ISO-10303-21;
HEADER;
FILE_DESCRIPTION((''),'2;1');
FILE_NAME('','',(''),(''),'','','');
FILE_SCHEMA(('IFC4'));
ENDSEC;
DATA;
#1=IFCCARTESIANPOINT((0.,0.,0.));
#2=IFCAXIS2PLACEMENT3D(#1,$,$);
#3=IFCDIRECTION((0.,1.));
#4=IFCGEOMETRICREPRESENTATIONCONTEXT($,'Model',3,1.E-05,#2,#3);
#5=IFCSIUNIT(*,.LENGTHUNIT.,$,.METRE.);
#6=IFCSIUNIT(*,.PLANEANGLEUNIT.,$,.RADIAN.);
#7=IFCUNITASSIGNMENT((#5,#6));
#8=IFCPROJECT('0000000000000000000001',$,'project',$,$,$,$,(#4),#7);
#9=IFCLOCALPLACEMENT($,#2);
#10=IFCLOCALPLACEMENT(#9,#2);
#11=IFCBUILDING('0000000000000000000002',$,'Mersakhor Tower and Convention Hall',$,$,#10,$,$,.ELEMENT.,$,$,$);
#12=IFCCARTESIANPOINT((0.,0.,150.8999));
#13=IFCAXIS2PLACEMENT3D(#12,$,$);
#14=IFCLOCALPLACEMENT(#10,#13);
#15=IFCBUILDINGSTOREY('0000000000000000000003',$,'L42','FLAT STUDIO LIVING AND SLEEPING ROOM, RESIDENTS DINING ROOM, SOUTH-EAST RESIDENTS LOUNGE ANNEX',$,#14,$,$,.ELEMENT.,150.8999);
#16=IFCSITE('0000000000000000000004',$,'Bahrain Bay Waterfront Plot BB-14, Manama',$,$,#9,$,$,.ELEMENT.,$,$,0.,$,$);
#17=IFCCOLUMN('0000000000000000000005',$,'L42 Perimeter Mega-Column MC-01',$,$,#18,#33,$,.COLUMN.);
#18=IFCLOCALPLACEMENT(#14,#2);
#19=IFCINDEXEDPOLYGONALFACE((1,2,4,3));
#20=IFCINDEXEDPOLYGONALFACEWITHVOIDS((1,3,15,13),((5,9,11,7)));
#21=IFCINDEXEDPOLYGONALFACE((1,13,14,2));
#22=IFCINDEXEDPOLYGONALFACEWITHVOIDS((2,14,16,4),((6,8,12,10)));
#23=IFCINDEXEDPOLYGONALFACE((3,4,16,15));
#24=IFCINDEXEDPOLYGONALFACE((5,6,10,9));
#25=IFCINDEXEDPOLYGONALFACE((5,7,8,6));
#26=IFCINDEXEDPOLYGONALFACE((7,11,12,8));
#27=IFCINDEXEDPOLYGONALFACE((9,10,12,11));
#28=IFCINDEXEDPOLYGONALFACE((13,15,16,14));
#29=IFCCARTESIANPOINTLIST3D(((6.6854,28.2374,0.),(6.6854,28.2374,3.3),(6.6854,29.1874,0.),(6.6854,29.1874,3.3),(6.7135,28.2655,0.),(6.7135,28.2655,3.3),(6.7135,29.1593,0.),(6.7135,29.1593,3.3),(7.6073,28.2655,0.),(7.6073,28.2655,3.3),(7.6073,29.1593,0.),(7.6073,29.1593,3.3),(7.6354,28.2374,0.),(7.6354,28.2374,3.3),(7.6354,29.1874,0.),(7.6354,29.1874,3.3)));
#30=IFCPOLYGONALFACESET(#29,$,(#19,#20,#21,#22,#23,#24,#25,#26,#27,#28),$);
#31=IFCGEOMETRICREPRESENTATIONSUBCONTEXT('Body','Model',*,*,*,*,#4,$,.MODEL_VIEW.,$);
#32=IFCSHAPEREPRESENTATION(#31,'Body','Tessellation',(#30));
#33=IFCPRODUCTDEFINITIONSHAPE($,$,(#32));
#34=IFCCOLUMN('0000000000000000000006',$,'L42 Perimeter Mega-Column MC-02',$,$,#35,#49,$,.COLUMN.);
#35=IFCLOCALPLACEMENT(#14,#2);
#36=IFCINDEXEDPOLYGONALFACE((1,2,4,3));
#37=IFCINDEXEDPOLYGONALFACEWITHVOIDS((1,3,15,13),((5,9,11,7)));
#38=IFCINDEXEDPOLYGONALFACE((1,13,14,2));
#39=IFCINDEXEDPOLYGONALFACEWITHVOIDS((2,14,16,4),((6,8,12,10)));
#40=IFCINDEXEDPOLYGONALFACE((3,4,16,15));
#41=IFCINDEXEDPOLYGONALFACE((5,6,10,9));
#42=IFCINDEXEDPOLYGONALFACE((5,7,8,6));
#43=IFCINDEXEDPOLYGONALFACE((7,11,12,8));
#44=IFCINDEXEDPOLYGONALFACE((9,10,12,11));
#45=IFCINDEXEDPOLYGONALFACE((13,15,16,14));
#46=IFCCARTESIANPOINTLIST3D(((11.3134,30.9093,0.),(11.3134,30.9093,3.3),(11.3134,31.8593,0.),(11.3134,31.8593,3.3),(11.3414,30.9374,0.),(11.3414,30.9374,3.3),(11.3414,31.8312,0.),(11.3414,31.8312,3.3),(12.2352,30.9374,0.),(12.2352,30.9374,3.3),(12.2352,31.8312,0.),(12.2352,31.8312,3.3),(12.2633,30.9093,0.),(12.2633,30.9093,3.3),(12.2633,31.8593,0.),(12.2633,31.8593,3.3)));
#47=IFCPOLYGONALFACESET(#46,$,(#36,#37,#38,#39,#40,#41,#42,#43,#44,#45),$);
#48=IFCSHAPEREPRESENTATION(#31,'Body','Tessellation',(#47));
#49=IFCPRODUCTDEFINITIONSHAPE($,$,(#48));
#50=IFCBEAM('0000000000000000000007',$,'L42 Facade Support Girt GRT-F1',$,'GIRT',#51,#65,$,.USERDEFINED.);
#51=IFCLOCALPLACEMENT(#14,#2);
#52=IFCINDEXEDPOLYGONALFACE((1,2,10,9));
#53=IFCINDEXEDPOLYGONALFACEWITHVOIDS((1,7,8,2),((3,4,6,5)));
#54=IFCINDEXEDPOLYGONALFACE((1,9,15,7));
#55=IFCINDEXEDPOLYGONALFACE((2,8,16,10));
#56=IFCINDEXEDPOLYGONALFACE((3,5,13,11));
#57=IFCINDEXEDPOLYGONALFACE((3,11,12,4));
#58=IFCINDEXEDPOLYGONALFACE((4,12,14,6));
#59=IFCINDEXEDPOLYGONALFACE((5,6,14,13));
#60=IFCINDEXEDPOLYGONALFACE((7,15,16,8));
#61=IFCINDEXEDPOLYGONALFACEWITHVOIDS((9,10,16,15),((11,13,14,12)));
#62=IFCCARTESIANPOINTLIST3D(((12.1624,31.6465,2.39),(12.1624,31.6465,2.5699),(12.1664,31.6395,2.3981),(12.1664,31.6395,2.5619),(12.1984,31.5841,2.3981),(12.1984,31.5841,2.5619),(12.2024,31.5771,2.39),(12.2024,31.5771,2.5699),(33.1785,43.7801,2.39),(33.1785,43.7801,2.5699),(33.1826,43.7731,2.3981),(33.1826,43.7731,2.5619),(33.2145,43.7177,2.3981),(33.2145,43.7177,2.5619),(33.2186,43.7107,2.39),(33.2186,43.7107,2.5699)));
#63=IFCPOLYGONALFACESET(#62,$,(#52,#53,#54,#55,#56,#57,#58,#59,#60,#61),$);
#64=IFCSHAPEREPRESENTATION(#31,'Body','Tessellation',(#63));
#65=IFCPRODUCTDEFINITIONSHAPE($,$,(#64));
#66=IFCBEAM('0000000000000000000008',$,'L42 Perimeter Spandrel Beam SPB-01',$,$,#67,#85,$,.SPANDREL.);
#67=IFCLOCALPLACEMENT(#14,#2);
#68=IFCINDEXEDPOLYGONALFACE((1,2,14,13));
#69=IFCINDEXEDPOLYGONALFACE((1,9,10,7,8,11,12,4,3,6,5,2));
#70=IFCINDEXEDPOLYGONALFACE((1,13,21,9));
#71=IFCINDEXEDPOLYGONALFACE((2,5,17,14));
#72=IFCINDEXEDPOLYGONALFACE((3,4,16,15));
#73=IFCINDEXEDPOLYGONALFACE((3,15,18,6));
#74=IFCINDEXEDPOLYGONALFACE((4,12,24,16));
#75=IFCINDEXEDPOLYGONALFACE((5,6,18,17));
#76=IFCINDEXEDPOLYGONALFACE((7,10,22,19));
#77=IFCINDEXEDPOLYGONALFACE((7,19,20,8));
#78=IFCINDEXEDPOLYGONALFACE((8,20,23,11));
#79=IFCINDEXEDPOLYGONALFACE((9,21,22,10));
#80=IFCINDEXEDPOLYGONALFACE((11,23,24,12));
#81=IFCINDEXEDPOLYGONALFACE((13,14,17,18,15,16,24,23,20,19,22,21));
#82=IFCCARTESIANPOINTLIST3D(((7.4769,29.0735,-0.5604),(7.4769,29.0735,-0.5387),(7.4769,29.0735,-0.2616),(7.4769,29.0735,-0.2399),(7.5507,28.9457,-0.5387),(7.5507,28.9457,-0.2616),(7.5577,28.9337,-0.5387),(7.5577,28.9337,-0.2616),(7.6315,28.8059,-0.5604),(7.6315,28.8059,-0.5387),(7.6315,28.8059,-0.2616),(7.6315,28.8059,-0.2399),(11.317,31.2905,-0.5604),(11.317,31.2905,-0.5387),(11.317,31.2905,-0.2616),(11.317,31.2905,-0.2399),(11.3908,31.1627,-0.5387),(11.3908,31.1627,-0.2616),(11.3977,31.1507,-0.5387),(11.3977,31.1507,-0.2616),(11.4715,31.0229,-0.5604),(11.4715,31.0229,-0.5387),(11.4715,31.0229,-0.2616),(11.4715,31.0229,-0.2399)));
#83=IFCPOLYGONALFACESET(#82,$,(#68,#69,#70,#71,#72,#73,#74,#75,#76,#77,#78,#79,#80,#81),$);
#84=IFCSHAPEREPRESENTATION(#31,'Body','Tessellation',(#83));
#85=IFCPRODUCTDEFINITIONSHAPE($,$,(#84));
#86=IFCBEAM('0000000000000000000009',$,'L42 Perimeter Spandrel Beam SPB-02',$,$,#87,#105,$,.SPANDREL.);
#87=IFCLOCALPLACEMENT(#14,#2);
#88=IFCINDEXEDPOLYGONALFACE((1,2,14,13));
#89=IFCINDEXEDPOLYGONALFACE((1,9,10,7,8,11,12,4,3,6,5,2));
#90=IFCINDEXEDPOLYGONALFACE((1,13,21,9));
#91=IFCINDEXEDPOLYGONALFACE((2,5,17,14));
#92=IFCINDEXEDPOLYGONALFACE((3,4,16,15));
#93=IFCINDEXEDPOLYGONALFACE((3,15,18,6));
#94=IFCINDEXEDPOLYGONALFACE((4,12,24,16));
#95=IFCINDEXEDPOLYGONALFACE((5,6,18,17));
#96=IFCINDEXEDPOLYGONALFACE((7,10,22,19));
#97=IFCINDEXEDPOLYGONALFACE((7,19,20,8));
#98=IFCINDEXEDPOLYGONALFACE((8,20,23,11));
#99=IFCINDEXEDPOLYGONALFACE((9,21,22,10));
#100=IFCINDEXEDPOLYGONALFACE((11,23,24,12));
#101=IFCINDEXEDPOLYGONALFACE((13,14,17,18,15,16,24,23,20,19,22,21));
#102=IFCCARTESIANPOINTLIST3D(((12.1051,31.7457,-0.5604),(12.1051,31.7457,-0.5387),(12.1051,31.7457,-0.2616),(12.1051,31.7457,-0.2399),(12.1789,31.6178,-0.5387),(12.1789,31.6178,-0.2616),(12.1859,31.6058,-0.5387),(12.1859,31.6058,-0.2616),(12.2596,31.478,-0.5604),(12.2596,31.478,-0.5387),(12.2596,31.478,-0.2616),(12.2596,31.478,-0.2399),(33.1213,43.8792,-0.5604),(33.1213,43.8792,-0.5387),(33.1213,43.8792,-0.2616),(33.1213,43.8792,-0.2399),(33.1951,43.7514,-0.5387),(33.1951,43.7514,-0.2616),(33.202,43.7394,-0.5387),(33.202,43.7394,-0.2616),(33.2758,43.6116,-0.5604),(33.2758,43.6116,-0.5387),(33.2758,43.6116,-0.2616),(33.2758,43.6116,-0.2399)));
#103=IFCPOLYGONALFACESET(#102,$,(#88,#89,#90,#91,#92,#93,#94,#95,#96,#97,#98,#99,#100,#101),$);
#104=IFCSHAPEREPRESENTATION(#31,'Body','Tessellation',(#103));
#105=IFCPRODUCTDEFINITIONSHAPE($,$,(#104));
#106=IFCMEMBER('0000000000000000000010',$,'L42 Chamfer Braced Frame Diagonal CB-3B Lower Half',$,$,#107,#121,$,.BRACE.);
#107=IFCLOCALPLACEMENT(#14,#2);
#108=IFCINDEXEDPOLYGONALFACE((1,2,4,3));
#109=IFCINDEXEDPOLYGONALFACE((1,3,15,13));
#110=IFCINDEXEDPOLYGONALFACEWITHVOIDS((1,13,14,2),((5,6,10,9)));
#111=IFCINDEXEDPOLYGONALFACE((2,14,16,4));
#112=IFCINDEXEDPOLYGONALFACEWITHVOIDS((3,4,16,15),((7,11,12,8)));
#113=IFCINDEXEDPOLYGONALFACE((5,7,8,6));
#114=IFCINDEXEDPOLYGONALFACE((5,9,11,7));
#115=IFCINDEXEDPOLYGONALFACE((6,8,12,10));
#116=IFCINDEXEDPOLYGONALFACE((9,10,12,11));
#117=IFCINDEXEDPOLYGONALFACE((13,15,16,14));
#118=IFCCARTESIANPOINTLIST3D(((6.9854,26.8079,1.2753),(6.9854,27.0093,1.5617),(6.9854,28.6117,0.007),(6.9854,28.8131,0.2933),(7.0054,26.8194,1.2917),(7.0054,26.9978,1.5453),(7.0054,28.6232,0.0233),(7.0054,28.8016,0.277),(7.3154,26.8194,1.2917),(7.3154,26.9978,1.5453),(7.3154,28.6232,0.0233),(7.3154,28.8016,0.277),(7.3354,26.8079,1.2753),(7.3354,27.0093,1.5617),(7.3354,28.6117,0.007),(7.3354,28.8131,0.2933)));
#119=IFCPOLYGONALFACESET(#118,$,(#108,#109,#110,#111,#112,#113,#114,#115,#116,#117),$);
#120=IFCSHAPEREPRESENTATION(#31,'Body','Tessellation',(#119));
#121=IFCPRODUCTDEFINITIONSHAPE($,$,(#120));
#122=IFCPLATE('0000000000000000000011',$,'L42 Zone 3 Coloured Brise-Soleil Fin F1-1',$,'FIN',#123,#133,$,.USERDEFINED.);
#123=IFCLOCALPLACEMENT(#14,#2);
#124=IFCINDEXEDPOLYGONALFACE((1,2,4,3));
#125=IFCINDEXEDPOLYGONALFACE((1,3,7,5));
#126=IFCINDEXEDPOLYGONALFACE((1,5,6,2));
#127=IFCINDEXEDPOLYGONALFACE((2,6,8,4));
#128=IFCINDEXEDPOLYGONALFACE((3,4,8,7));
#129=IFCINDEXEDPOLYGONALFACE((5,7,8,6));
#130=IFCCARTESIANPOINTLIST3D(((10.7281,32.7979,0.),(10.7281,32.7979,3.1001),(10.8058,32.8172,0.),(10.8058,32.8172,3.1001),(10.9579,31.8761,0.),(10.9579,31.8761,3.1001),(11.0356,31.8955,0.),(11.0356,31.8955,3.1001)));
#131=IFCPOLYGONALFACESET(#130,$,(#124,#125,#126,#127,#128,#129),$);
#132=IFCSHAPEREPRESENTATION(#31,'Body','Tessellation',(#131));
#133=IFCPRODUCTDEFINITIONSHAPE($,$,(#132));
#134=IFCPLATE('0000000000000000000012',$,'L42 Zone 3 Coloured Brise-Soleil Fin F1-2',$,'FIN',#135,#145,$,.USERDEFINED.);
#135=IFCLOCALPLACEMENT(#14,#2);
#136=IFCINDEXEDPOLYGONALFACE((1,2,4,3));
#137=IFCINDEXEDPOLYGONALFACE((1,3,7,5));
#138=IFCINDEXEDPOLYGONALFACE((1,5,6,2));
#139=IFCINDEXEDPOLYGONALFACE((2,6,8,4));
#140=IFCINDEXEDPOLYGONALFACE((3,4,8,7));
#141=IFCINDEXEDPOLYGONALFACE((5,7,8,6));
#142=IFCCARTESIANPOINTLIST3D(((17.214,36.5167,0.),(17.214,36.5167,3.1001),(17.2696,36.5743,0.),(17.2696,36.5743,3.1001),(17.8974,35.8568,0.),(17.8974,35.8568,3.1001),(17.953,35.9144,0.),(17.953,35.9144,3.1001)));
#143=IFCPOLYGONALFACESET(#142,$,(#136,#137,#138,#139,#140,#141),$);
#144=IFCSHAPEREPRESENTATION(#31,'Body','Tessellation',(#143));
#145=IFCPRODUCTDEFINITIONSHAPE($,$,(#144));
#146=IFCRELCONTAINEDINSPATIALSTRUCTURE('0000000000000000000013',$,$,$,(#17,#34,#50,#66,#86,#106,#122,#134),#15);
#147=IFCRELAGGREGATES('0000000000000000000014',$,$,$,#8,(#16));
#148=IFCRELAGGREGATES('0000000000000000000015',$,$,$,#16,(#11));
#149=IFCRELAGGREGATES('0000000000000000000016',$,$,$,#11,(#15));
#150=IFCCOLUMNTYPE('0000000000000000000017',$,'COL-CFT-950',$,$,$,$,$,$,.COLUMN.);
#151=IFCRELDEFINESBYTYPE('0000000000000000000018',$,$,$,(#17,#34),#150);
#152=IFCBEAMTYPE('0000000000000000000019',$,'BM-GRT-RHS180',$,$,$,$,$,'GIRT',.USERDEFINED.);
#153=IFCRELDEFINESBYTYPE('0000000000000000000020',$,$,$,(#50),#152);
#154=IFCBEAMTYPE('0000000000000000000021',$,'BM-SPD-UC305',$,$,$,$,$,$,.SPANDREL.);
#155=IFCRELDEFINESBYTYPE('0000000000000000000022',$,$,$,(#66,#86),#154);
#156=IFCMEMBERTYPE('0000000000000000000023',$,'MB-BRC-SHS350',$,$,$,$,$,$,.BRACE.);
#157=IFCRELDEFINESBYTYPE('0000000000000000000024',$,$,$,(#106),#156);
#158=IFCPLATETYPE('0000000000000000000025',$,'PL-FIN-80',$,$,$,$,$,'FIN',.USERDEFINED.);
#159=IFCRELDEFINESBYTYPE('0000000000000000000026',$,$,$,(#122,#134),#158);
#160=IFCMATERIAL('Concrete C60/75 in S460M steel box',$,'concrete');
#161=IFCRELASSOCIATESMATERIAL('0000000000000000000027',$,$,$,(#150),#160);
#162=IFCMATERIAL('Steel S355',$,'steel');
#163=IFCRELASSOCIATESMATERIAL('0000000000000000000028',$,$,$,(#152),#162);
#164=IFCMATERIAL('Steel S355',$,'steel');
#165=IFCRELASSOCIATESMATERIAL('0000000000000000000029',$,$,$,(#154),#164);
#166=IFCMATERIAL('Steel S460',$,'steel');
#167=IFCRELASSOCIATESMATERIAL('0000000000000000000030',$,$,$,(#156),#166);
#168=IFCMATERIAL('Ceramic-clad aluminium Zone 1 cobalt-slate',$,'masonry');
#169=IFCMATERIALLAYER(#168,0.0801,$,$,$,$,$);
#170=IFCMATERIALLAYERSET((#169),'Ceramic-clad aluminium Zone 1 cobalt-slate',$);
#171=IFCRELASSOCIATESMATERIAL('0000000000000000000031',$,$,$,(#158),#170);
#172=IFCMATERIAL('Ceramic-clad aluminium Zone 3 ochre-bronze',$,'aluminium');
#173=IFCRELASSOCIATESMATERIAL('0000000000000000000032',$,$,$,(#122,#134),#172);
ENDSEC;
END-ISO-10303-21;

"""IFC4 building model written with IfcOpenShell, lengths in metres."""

from ifc_helpers import new_model, si_unit, direction, frame, origin, origin_2d, place, context, subcontext, project, spatial, rectangle, hollow_rectangle, i_section, extrude, material, layer, layer_set, material_profile, profile_set, type_object, element, save


model = new_model("IFC4")

# Units and contexts
model_context = context("Model", 3, precision=1e-05, world=origin(), true_north=direction((0.0, 1.0)))
body_context = subcontext(model_context, "Body", "Model", "MODEL_VIEW")
ifc_project = project(units=[si_unit("LENGTHUNIT", "METRE"), si_unit("PLANEANGLEUNIT", "RADIAN")], contexts=[model_context])

# Site, building, storey
site_placement = place(None, origin())
site = spatial("IfcSite", under=ifc_project, at=site_placement, Name="Bahrain Bay Waterfront Plot BB-14, Manama", CompositionType="ELEMENT", RefElevation=0.0)
building_placement = place(site_placement, origin())
building = spatial("IfcBuilding", under=site, at=building_placement, Name="Mersakhor Tower and Convention Hall", CompositionType="ELEMENT")
storey_placement = place(building_placement, frame((0.0, 0.0, 150.8999)))
storey = spatial("IfcBuildingStorey", under=building, at=storey_placement, Name="L42", Description="FLAT STUDIO LIVING AND SLEEPING ROOM, RESIDENTS DINING ROOM, SOUTH-EAST RESIDENTS LOUNGE ANNEX", CompositionType="ELEMENT", Elevation=150.8999)

# Columns
ifc_material_1 = material(Name="Concrete C60/75 in S460M steel box", Category="concrete")
ifc_material_profile_1 = material_profile(ifc_material_1, hollow_rectangle(XDim=0.95, YDim=0.95, WallThickness=0.0281, at=origin_2d()), Name="SHS 950x950x28")
ifc_profile_set_1 = profile_set([ifc_material_profile_1], Name="Concrete C60/75 in S460M steel box")
column_type = type_object("IfcColumnType", Name="COL-CFT-950", PredefinedType="COLUMN", material=ifc_profile_set_1)
for number, where, z_axis, x_axis, name in (
    (1, (7.1604, 28.7124, 0.0), (0.0, 0.0, 1.0), (1.0, 0.0, 0.0), "L42 Perimeter Mega-Column MC-01"),
    (2, (11.7883, 31.3843, 0.0), (0.0, 0.0, 1.0), (1.0, 0.0, 0.0), "L42 Perimeter Mega-Column MC-02"),
):
    element("IfcColumn", number, at=place(storey_placement, frame(where, z_axis=z_axis, x_axis=x_axis)), inside=storey, type_object=column_type, Name=name, PredefinedType="COLUMN", context=body_context, shape_type="SweptSolid", body=[
        extrude(hollow_rectangle(XDim=0.95, YDim=0.95, WallThickness=0.0281, at=origin_2d()), origin(), (0.0, 0.0, 1.0), 3.3),
    ])

# Beams
ifc_material_2 = material(Name="Steel S355", Category="steel")
ifc_material_profile_2 = material_profile(ifc_material_2, hollow_rectangle(XDim=0.0801, YDim=0.1799, WallThickness=0.0081, at=origin_2d()), Name="RHS 180x80x8")
ifc_profile_set_2 = profile_set([ifc_material_profile_2], Name="Steel S355")
beam_type_1 = type_object("IfcBeamType", Name="BM-GRT-RHS180", ElementType="GIRT", PredefinedType="USERDEFINED", material=ifc_profile_set_2)
beam_1_placement = place(storey_placement, frame((12.1824, 31.6118, 2.48), z_axis=(0.866027, 0.499996, 0.0), x_axis=(-0.499996, 0.866027, 0.0)))
element("IfcBeam", 3, at=beam_1_placement, inside=storey, type_object=beam_type_1, Name="L42 Facade Support Girt GRT-F1", ObjectType="GIRT", PredefinedType="USERDEFINED", context=body_context, shape_type="SweptSolid", body=[
    extrude(hollow_rectangle(XDim=0.0801, YDim=0.1799, WallThickness=0.0081, at=origin_2d()), origin(), (0.0, 0.0, 1.0), 24.2673),
])
ifc_material_3 = material(Name="Steel S355", Category="steel")
ifc_material_profile_3 = material_profile(ifc_material_3, i_section(OverallWidth=0.3091, OverallDepth=0.3206, WebThickness=0.0139, FlangeThickness=0.0217, at=origin_2d()), Name="UC 305x305x137")
ifc_profile_set_3 = profile_set([ifc_material_profile_3], Name="Steel S355")
beam_type_2 = type_object("IfcBeamType", Name="BM-SPD-UC305", PredefinedType="SPANDREL", material=ifc_profile_set_3)
beam_2_placement = place(storey_placement, frame((7.5542, 28.9397, -0.4001), z_axis=(0.866029, 0.499994, 0.0), x_axis=(-0.499994, 0.866029, 0.0)))
element("IfcBeam", 4, at=beam_2_placement, inside=storey, type_object=beam_type_2, Name="L42 Perimeter Spandrel Beam SPB-01", PredefinedType="SPANDREL", context=body_context, shape_type="SweptSolid", body=[
    extrude(i_section(OverallWidth=0.3091, OverallDepth=0.3206, WebThickness=0.0139, FlangeThickness=0.0217, at=origin_2d()), origin(), (0.0, 0.0, 1.0), 4.4341),
])
beam_3_placement = place(storey_placement, frame((12.1824, 31.6118, -0.4001), z_axis=(0.866027, 0.499996, 0.0), x_axis=(-0.499996, 0.866027, 0.0)))
element("IfcBeam", 5, at=beam_3_placement, inside=storey, type_object=beam_type_2, Name="L42 Perimeter Spandrel Beam SPB-02", PredefinedType="SPANDREL", context=body_context, shape_type="SweptSolid", body=[
    extrude(i_section(OverallWidth=0.3091, OverallDepth=0.3206, WebThickness=0.0139, FlangeThickness=0.0217, at=origin_2d()), origin(), (0.0, 0.0, 1.0), 24.2673),
])

# Member
ifc_material_4 = material(Name="Steel S460", Category="steel")
ifc_material_profile_4 = material_profile(ifc_material_4, hollow_rectangle(XDim=0.3501, YDim=0.3501, WallThickness=0.02, at=origin_2d()), Name="SHS 350x350x20")
ifc_profile_set_4 = profile_set([ifc_material_profile_4], Name="Steel S460")
member_type = type_object("IfcMemberType", Name="MB-BRC-SHS350", PredefinedType="BRACE", material=ifc_profile_set_4)
member_placement = place(storey_placement, frame((7.1604, 28.7124, 0.1501), z_axis=(0.0, -0.818013, 0.5752), x_axis=(1.0, 0.0, 0.0)))
element("IfcMember", 6, at=member_placement, inside=storey, type_object=member_type, Name="L42 Chamfer Braced Frame Diagonal CB-3B Lower Half", PredefinedType="BRACE", context=body_context, shape_type="SweptSolid", body=[
    extrude(hollow_rectangle(XDim=0.3501, YDim=0.3501, WallThickness=0.02, at=origin_2d()), origin(), (0.0, 0.0, 1.0), 2.2051),
])

# Plates
ifc_material_5 = material(Name="Ceramic-clad aluminium Zone 3 ochre-bronze", Category="aluminium")
ifc_material_6 = material(Name="Ceramic-clad aluminium Zone 1 cobalt-slate", Category="masonry")
ifc_layer_1 = layer(ifc_material_6, 0.0801)
ifc_layer_set_1 = layer_set([ifc_layer_1], Name="Ceramic-clad aluminium Zone 1 cobalt-slate")
plate_type = type_object("IfcPlateType", Name="PL-FIN-80", ElementType="FIN", PredefinedType="USERDEFINED", material=ifc_layer_set_1)
for number, where, z_axis, x_axis, name in (
    (7, (10.8818, 32.3467, 0.0), (0.0, 0.0, 1.0), (-0.241922, 0.970296, 0.0), "L42 Zone 3 Coloured Brise-Soleil Fin F1-1"),
    (8, (17.5835, 36.2156, 0.0), (0.0, 0.0, 1.0), (-0.71934, 0.694658, 0.0), "L42 Zone 3 Coloured Brise-Soleil Fin F1-2"),
):
    element("IfcPlate", number, at=place(storey_placement, frame(where, z_axis=z_axis, x_axis=x_axis)), inside=storey, type_object=plate_type, material=ifc_material_5, Name=name, ObjectType="FIN", PredefinedType="USERDEFINED", context=body_context, shape_type="SweptSolid", body=[
        extrude(rectangle(XDim=0.95, YDim=0.0801, at=origin_2d()), origin(), (0.0, 0.0, 1.0), 3.1001),
    ])

save(model, "model.ifc")
